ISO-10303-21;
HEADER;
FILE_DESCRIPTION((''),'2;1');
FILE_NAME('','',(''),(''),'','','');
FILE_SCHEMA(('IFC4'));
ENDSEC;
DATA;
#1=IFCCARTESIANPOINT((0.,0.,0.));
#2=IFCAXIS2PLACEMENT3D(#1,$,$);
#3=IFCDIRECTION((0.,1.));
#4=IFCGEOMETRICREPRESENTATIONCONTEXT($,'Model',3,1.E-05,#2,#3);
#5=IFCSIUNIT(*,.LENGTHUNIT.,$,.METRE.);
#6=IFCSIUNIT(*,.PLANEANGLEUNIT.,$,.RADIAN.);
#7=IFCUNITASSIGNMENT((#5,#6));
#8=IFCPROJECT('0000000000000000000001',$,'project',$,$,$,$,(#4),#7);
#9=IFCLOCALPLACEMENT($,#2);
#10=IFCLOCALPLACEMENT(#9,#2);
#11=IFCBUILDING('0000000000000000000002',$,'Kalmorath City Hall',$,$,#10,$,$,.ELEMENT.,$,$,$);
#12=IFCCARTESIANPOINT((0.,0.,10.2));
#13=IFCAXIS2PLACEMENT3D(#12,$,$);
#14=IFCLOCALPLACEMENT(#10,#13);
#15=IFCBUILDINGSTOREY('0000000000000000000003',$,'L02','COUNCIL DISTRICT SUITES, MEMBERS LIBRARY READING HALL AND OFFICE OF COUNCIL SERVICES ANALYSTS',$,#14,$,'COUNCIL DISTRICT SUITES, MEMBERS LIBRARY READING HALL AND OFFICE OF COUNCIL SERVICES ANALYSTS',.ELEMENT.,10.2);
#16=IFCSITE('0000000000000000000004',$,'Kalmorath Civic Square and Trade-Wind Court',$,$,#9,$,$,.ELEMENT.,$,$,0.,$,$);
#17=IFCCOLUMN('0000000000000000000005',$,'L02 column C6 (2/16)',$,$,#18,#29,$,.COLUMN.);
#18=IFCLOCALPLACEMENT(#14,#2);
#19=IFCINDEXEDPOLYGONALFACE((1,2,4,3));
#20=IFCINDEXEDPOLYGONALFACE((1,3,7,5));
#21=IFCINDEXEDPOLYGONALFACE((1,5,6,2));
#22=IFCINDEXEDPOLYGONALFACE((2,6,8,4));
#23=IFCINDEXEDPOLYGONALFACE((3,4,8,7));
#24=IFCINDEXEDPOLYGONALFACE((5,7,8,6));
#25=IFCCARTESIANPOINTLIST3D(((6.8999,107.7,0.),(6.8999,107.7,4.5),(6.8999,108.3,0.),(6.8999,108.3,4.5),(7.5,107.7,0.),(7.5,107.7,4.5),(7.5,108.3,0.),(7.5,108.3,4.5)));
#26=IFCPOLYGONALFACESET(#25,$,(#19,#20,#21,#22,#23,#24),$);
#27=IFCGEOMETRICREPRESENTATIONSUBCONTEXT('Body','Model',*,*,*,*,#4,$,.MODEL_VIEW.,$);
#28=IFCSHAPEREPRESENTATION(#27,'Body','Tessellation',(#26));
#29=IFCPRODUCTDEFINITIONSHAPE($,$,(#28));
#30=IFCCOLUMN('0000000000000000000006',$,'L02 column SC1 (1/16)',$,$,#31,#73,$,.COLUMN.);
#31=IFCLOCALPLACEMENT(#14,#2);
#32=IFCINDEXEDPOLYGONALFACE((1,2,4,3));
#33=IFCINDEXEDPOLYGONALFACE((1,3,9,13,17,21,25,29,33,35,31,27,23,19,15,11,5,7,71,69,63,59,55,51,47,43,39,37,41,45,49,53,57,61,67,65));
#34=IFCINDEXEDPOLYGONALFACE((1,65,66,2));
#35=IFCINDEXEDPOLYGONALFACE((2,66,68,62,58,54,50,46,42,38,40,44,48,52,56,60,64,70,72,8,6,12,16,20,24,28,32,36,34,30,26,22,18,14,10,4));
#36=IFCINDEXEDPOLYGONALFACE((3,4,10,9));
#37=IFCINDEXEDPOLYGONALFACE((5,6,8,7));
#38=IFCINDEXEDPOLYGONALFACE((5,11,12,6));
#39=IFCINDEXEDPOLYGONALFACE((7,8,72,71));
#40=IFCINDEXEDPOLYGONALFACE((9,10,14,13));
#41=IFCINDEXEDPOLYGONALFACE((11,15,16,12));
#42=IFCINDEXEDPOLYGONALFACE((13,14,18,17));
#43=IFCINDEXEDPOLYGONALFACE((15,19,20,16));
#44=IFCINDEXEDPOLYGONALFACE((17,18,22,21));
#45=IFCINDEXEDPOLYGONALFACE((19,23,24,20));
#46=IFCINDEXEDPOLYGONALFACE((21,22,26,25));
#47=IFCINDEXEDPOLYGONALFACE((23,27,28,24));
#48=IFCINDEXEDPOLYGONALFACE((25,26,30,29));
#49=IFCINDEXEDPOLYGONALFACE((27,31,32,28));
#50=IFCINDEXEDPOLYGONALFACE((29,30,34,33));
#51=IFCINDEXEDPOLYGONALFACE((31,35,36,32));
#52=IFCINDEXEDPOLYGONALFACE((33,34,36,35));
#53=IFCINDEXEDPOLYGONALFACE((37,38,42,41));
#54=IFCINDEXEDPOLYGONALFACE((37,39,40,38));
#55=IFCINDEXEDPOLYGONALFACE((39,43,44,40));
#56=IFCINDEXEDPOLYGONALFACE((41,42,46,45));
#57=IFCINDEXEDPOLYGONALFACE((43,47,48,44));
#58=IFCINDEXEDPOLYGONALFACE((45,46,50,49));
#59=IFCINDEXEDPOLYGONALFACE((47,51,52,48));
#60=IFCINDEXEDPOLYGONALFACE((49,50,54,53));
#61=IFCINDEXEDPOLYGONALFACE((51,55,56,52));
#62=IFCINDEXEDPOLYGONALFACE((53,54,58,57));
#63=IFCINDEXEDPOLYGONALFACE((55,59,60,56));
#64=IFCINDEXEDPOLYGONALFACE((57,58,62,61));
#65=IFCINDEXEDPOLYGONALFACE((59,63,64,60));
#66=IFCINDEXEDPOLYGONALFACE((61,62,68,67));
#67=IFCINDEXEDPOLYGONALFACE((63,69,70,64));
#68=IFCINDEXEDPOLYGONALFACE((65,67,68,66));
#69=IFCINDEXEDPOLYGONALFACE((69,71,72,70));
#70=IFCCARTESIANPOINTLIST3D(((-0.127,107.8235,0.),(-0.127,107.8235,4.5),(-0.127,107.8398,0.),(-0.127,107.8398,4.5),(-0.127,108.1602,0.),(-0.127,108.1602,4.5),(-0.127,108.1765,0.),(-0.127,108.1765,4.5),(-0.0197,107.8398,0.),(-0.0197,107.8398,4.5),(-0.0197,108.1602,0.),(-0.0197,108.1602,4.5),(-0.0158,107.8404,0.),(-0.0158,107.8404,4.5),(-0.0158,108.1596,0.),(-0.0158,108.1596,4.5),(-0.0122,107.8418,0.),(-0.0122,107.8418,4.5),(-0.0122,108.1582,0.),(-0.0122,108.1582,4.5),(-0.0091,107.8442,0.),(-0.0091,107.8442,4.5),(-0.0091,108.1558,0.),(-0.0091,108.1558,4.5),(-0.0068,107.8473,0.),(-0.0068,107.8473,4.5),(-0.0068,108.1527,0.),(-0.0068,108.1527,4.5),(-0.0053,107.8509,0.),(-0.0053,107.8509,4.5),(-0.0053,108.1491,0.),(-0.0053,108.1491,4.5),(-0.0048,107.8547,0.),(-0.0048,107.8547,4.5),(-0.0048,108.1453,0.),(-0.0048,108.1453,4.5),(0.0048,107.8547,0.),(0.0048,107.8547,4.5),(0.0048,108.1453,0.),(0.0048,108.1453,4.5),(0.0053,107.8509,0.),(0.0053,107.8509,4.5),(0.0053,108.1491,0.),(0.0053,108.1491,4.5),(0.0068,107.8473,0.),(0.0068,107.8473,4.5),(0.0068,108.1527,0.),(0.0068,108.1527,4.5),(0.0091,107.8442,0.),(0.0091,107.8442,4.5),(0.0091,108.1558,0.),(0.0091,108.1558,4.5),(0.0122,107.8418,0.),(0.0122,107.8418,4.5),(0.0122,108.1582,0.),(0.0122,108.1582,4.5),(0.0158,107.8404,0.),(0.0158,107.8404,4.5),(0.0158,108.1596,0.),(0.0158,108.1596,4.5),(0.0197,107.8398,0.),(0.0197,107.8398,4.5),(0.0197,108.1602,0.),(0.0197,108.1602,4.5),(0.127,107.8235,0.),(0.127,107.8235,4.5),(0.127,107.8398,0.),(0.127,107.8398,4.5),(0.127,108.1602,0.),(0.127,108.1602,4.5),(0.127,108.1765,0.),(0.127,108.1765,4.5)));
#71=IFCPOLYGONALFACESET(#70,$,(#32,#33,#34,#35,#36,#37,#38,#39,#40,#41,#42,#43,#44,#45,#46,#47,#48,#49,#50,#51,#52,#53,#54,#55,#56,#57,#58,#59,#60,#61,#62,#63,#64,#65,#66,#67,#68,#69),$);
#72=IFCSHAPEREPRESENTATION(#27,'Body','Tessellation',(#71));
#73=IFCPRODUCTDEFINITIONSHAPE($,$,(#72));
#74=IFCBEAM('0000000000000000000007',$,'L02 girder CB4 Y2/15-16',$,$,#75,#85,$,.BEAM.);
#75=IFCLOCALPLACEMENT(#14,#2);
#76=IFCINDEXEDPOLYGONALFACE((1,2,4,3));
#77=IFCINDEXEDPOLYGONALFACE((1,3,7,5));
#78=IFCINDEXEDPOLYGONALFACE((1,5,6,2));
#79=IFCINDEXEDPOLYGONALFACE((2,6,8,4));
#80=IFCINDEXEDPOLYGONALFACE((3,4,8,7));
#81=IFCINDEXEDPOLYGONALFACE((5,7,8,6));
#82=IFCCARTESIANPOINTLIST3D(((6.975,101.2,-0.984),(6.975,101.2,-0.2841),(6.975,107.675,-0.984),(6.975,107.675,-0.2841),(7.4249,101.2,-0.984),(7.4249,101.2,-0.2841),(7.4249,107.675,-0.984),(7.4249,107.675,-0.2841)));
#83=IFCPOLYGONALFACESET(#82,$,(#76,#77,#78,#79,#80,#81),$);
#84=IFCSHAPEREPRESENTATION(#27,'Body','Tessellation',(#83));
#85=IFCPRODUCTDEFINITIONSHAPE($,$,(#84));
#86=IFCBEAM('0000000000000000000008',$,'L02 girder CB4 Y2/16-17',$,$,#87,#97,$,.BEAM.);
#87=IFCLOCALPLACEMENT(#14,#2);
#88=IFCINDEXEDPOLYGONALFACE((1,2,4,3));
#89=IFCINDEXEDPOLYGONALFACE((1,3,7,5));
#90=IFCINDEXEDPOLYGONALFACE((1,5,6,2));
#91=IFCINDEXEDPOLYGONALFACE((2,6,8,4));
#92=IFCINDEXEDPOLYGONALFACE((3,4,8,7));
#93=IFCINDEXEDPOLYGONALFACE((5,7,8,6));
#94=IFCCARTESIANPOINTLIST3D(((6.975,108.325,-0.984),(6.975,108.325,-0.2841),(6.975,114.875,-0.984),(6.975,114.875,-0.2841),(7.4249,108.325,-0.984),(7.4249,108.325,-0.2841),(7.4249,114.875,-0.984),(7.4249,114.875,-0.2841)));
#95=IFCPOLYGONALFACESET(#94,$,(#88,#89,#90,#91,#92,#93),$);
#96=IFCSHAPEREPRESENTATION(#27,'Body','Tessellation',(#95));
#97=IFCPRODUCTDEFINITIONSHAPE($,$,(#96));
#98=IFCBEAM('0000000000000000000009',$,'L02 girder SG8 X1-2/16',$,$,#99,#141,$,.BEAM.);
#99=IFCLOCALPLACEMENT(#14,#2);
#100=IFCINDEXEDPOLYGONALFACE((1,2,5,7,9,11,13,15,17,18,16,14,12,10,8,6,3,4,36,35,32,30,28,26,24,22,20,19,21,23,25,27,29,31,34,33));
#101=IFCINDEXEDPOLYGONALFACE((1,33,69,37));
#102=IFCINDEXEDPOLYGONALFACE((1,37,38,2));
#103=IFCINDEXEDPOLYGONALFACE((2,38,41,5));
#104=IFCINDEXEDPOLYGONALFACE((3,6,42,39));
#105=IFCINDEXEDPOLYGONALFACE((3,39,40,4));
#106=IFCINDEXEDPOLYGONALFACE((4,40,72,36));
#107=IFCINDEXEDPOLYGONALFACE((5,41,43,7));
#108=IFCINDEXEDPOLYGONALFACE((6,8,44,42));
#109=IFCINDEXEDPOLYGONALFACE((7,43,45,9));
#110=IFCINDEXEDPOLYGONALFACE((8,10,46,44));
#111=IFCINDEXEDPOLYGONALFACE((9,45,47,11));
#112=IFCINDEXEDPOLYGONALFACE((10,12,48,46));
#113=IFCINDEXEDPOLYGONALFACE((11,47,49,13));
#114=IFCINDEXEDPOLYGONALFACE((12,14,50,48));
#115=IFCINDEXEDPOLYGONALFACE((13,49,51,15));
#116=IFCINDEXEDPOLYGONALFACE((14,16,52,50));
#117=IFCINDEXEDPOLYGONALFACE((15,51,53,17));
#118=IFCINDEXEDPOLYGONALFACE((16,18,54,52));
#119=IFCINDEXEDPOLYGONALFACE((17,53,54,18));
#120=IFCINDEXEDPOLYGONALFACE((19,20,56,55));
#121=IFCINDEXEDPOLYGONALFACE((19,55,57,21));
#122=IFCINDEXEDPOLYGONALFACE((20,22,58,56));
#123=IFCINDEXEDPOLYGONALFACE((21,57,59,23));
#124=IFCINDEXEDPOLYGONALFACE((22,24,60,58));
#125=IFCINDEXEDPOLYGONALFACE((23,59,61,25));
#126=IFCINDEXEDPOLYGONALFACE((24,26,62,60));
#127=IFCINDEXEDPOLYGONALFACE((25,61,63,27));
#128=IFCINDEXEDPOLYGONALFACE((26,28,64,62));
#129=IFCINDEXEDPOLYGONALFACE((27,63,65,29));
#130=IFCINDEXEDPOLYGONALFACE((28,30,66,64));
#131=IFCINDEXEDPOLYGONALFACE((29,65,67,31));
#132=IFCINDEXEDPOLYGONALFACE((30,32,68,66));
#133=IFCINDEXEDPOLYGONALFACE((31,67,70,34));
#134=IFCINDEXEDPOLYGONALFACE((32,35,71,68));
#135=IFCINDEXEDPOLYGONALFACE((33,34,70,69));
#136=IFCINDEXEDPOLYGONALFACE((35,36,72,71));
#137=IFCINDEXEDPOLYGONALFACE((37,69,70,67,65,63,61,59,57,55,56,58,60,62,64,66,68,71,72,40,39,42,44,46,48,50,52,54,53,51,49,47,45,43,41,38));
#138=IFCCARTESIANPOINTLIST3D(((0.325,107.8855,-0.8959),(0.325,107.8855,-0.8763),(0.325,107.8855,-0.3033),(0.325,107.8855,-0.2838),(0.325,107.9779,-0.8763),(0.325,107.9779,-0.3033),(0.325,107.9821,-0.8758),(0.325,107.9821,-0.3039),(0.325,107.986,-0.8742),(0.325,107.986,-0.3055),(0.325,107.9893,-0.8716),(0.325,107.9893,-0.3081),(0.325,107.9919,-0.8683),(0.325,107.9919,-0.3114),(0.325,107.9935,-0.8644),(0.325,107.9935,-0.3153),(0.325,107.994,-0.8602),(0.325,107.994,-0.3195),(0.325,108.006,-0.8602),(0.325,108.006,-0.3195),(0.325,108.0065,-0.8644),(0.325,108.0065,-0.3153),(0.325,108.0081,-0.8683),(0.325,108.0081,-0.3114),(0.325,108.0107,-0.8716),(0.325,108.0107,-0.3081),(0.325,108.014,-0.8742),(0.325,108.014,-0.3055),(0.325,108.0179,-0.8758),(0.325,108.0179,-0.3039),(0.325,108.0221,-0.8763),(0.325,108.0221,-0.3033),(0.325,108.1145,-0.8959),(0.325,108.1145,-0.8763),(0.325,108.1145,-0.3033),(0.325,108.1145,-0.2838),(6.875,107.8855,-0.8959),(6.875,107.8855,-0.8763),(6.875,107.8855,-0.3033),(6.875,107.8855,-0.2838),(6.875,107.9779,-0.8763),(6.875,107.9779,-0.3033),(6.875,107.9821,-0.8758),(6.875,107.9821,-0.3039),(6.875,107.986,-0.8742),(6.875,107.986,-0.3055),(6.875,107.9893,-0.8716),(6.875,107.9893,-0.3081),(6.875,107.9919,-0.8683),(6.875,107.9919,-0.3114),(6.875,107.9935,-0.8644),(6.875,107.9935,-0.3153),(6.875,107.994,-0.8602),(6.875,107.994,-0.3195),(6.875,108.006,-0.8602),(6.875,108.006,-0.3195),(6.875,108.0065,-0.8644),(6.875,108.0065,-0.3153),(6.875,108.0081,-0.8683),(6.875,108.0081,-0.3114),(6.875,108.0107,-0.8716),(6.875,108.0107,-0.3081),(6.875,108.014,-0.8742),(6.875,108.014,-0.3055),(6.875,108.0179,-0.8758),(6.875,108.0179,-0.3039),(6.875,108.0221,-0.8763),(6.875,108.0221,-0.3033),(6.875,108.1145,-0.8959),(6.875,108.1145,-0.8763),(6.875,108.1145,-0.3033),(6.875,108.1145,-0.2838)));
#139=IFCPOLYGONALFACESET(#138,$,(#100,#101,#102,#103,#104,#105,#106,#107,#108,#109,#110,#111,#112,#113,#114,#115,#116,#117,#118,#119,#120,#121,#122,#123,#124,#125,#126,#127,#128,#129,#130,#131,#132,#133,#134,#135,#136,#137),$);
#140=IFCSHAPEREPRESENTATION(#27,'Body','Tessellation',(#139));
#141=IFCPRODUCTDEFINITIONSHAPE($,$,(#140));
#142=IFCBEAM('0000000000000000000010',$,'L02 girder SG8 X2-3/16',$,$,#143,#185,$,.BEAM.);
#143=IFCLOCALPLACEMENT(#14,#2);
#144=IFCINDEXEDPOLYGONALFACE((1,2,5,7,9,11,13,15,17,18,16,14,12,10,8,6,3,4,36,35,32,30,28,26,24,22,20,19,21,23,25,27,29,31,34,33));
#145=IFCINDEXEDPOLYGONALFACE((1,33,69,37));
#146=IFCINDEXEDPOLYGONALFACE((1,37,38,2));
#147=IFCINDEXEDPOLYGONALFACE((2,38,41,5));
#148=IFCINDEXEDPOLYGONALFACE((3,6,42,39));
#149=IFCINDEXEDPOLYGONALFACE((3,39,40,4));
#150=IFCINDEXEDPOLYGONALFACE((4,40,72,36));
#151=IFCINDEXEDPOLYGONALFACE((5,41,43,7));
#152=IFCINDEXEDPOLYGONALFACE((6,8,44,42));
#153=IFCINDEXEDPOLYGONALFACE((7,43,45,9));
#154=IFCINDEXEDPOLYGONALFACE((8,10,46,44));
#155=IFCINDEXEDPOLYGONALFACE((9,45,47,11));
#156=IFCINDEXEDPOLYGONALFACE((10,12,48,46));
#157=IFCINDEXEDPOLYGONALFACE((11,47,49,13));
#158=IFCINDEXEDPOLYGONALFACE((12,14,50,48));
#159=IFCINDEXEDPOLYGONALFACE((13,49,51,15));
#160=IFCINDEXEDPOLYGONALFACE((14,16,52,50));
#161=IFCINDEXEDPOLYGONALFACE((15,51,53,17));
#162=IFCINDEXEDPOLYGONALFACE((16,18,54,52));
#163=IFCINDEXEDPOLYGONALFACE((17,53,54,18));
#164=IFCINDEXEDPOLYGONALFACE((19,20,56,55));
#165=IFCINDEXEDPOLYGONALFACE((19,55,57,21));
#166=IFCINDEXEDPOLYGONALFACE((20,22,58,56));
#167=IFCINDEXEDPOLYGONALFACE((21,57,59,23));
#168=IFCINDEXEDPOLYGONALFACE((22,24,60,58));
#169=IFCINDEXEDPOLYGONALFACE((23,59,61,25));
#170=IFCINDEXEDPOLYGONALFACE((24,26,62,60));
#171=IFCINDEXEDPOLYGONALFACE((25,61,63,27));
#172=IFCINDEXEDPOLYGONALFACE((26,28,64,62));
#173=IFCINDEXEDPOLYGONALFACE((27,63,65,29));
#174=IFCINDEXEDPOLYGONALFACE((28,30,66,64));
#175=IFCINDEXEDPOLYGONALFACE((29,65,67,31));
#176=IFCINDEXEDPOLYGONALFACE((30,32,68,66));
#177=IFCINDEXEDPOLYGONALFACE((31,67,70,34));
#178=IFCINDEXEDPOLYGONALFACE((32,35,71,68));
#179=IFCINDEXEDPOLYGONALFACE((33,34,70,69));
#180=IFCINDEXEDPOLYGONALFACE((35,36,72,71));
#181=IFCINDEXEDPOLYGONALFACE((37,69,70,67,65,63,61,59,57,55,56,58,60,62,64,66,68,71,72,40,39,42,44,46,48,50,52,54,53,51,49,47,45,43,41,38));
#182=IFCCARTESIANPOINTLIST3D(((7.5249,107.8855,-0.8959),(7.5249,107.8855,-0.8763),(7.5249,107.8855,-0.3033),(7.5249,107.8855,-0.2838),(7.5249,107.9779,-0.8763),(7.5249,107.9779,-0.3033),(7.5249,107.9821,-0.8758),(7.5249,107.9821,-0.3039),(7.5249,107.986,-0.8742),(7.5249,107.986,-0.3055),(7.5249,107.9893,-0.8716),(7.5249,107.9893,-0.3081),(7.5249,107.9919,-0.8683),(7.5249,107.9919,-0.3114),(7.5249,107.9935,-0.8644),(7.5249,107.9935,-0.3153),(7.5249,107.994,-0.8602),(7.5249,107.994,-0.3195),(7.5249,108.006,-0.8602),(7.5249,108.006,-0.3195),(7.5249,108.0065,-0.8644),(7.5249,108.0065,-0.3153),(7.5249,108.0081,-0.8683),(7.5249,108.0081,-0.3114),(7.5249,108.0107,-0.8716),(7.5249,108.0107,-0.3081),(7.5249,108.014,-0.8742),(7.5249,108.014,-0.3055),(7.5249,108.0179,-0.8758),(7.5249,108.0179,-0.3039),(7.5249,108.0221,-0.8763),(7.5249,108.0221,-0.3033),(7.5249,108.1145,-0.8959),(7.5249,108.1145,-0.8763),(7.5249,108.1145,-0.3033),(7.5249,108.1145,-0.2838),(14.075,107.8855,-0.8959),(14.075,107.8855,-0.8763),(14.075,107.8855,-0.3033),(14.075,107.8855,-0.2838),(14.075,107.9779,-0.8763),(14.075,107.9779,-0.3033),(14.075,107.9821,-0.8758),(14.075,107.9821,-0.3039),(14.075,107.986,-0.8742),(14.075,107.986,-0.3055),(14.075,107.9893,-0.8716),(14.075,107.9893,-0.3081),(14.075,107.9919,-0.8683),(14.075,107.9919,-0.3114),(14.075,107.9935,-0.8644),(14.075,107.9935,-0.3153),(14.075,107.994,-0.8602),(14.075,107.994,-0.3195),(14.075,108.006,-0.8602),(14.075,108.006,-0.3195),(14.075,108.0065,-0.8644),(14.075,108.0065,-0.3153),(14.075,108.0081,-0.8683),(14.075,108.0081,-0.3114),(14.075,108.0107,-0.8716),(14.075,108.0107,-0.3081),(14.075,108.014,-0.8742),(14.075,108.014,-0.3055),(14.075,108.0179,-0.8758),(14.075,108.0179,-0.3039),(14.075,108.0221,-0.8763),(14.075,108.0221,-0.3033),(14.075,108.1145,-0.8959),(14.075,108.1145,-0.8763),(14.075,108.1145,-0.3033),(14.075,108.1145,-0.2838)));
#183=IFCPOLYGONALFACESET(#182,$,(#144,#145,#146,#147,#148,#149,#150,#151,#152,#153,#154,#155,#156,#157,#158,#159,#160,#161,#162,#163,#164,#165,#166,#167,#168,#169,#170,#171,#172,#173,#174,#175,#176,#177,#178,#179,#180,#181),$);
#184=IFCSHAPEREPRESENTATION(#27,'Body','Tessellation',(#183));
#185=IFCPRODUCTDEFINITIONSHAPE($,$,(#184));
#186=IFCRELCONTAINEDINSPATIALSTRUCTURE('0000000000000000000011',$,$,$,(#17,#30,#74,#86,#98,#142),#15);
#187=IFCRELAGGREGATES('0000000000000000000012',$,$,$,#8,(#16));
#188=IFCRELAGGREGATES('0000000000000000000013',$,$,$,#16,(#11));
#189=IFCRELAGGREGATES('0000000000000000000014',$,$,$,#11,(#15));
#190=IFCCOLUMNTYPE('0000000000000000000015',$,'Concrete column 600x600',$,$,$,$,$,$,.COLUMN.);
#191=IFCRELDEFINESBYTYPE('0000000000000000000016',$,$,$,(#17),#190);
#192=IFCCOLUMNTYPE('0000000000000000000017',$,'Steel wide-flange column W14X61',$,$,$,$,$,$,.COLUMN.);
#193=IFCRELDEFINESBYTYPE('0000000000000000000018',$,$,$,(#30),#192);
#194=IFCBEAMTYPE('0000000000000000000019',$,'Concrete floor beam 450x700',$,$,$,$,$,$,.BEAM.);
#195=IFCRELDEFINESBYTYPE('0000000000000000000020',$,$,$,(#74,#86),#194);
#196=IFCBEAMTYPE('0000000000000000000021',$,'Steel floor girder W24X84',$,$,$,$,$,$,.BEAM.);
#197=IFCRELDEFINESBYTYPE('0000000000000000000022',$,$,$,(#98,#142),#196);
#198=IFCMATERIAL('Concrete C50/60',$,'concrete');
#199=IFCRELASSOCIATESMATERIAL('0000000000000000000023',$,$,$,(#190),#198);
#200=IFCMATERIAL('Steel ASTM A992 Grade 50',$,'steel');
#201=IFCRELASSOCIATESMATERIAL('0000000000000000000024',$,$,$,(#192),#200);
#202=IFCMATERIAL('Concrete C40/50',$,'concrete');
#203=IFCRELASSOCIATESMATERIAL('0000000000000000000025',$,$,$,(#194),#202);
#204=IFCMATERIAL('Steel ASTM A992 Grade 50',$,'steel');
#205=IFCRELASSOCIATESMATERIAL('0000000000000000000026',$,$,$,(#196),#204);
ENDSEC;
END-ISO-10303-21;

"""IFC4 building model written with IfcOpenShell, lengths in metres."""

from ifc_helpers import new_model, si_unit, direction, frame, origin, origin_2d, place, context, subcontext, project, spatial, rectangle, i_section, extrude, material, material_profile, profile_set, type_object, element, save


model = new_model("IFC4")

# Units and contexts
model_context = context("Model", 3, precision=1e-05, world=origin(), true_north=direction((0.0, 1.0)))
body_context = subcontext(model_context, "Body", "Model", "MODEL_VIEW")
ifc_project = project(units=[si_unit("LENGTHUNIT", "METRE"), si_unit("PLANEANGLEUNIT", "RADIAN")], contexts=[model_context])

# Site, building, storey
site_placement = place(None, origin())
site = spatial("IfcSite", under=ifc_project, at=site_placement, Name="Kalmorath Civic Square and Trade-Wind Court", CompositionType="ELEMENT", RefElevation=0.0)
building_placement = place(site_placement, origin())
building = spatial("IfcBuilding", under=site, at=building_placement, Name="Kalmorath City Hall", CompositionType="ELEMENT")
storey_placement = place(building_placement, frame((0.0, 0.0, 10.2)))
storey = spatial("IfcBuildingStorey", under=building, at=storey_placement, Name="L02", Description="COUNCIL DISTRICT SUITES, MEMBERS LIBRARY READING HALL AND OFFICE OF COUNCIL SERVICES ANALYSTS", LongName="COUNCIL DISTRICT SUITES, MEMBERS LIBRARY READING HALL AND OFFICE OF COUNCIL SERVICES ANALYSTS", CompositionType="ELEMENT", Elevation=10.2)

# Columns
ifc_material_1 = material(Name="Concrete C50/60", Category="concrete")
ifc_material_profile_1 = material_profile(ifc_material_1, rectangle(XDim=0.6001, YDim=0.6001, at=origin_2d()), Name="RC-COL-600X600")
ifc_profile_set_1 = profile_set([ifc_material_profile_1], Name="Concrete C50/60")
column_type_1 = type_object("IfcColumnType", Name="Concrete column 600x600", PredefinedType="COLUMN", material=ifc_profile_set_1)
column_1_placement = place(storey_placement, frame((7.2, 108.0, 0.0), z_axis=(0.0, 0.0, 1.0), x_axis=(1.0, 0.0, 0.0)))
element("IfcColumn", 1, at=column_1_placement, inside=storey, type_object=column_type_1, Name="L02 column C6 (2/16)", PredefinedType="COLUMN", context=body_context, shape_type="SweptSolid", body=[
    extrude(rectangle(XDim=0.6001, YDim=0.6001, at=origin_2d()), origin(), (0.0, 0.0, 1.0), 4.5),
])
ifc_material_2 = material(Name="Steel ASTM A992 Grade 50", Category="steel")
ifc_material_profile_2 = material_profile(ifc_material_2, i_section(OverallWidth=0.2539, OverallDepth=0.353, WebThickness=0.0095, FlangeThickness=0.0164, FilletRadius=0.0149, at=origin_2d()), Name="W14X61")
ifc_profile_set_2 = profile_set([ifc_material_profile_2], Name="Steel ASTM A992 Grade 50")
column_type_2 = type_object("IfcColumnType", Name="Steel wide-flange column W14X61", PredefinedType="COLUMN", material=ifc_profile_set_2)
column_2_placement = place(storey_placement, frame((0.0, 108.0, 0.0), z_axis=(0.0, 0.0, 1.0), x_axis=(1.0, 0.0, 0.0)))
element("IfcColumn", 2, at=column_2_placement, inside=storey, type_object=column_type_2, Name="L02 column SC1 (1/16)", PredefinedType="COLUMN", context=body_context, shape_type="SweptSolid", body=[
    extrude(i_section(OverallWidth=0.2539, OverallDepth=0.353, WebThickness=0.0095, FlangeThickness=0.0164, FilletRadius=0.0149, at=origin_2d()), origin(), (0.0, 0.0, 1.0), 4.5),
])

# Beams
ifc_material_3 = material(Name="Concrete C40/50", Category="concrete")
ifc_material_profile_3 = material_profile(ifc_material_3, rectangle(XDim=0.45, YDim=0.7, at=origin_2d()), Name="RC-BM-450X700")
ifc_profile_set_3 = profile_set([ifc_material_profile_3], Name="Concrete C40/50")
beam_type_1 = type_object("IfcBeamType", Name="Concrete floor beam 450x700", PredefinedType="BEAM", material=ifc_profile_set_3)
beam_1_placement = place(storey_placement, frame((7.2, 101.2, -0.634), z_axis=(0.0, 1.0, 0.0), x_axis=(-1.0, 0.0, 0.0)))
element("IfcBeam", 3, at=beam_1_placement, inside=storey, type_object=beam_type_1, Name="L02 girder CB4 Y2/15-16", PredefinedType="BEAM", context=body_context, shape_type="SweptSolid", body=[
    extrude(rectangle(XDim=0.45, YDim=0.7, at=origin_2d()), origin(), (0.0, 0.0, 1.0), 6.4751),
])
beam_2_placement = place(storey_placement, frame((7.2, 108.325, -0.634), z_axis=(0.0, 1.0, 0.0), x_axis=(-1.0, 0.0, 0.0)))
element("IfcBeam", 4, at=beam_2_placement, inside=storey, type_object=beam_type_1, Name="L02 girder CB4 Y2/16-17", PredefinedType="BEAM", context=body_context, shape_type="SweptSolid", body=[
    extrude(rectangle(XDim=0.45, YDim=0.7, at=origin_2d()), origin(), (0.0, 0.0, 1.0), 6.55),
])
ifc_material_4 = material(Name="Steel ASTM A992 Grade 50", Category="steel")
ifc_material_profile_4 = material_profile(ifc_material_4, i_section(OverallWidth=0.229, OverallDepth=0.6121, WebThickness=0.012, FlangeThickness=0.0195, FilletRadius=0.0161, at=origin_2d()), Name="W24X84")
ifc_profile_set_4 = profile_set([ifc_material_profile_4], Name="Steel ASTM A992 Grade 50")
beam_type_2 = type_object("IfcBeamType", Name="Steel floor girder W24X84", PredefinedType="BEAM", material=ifc_profile_set_4)
for number, where, z_axis, x_axis, name in (
    (5, (0.325, 108.0, -0.5898), (1.0, 0.0, 0.0), (0.0, 1.0, 0.0), "L02 girder SG8 X1-2/16"),
    (6, (7.5249, 108.0, -0.5898), (1.0, 0.0, 0.0), (0.0, 1.0, 0.0), "L02 girder SG8 X2-3/16"),
):
    element("IfcBeam", number, at=place(storey_placement, frame(where, z_axis=z_axis, x_axis=x_axis)), inside=storey, type_object=beam_type_2, Name=name, PredefinedType="BEAM", context=body_context, shape_type="SweptSolid", body=[
        extrude(i_section(OverallWidth=0.229, OverallDepth=0.6121, WebThickness=0.012, FlangeThickness=0.0195, FilletRadius=0.0161, at=origin_2d()), origin(), (0.0, 0.0, 1.0), 6.55),
    ])

save(model, "model.ifc")
